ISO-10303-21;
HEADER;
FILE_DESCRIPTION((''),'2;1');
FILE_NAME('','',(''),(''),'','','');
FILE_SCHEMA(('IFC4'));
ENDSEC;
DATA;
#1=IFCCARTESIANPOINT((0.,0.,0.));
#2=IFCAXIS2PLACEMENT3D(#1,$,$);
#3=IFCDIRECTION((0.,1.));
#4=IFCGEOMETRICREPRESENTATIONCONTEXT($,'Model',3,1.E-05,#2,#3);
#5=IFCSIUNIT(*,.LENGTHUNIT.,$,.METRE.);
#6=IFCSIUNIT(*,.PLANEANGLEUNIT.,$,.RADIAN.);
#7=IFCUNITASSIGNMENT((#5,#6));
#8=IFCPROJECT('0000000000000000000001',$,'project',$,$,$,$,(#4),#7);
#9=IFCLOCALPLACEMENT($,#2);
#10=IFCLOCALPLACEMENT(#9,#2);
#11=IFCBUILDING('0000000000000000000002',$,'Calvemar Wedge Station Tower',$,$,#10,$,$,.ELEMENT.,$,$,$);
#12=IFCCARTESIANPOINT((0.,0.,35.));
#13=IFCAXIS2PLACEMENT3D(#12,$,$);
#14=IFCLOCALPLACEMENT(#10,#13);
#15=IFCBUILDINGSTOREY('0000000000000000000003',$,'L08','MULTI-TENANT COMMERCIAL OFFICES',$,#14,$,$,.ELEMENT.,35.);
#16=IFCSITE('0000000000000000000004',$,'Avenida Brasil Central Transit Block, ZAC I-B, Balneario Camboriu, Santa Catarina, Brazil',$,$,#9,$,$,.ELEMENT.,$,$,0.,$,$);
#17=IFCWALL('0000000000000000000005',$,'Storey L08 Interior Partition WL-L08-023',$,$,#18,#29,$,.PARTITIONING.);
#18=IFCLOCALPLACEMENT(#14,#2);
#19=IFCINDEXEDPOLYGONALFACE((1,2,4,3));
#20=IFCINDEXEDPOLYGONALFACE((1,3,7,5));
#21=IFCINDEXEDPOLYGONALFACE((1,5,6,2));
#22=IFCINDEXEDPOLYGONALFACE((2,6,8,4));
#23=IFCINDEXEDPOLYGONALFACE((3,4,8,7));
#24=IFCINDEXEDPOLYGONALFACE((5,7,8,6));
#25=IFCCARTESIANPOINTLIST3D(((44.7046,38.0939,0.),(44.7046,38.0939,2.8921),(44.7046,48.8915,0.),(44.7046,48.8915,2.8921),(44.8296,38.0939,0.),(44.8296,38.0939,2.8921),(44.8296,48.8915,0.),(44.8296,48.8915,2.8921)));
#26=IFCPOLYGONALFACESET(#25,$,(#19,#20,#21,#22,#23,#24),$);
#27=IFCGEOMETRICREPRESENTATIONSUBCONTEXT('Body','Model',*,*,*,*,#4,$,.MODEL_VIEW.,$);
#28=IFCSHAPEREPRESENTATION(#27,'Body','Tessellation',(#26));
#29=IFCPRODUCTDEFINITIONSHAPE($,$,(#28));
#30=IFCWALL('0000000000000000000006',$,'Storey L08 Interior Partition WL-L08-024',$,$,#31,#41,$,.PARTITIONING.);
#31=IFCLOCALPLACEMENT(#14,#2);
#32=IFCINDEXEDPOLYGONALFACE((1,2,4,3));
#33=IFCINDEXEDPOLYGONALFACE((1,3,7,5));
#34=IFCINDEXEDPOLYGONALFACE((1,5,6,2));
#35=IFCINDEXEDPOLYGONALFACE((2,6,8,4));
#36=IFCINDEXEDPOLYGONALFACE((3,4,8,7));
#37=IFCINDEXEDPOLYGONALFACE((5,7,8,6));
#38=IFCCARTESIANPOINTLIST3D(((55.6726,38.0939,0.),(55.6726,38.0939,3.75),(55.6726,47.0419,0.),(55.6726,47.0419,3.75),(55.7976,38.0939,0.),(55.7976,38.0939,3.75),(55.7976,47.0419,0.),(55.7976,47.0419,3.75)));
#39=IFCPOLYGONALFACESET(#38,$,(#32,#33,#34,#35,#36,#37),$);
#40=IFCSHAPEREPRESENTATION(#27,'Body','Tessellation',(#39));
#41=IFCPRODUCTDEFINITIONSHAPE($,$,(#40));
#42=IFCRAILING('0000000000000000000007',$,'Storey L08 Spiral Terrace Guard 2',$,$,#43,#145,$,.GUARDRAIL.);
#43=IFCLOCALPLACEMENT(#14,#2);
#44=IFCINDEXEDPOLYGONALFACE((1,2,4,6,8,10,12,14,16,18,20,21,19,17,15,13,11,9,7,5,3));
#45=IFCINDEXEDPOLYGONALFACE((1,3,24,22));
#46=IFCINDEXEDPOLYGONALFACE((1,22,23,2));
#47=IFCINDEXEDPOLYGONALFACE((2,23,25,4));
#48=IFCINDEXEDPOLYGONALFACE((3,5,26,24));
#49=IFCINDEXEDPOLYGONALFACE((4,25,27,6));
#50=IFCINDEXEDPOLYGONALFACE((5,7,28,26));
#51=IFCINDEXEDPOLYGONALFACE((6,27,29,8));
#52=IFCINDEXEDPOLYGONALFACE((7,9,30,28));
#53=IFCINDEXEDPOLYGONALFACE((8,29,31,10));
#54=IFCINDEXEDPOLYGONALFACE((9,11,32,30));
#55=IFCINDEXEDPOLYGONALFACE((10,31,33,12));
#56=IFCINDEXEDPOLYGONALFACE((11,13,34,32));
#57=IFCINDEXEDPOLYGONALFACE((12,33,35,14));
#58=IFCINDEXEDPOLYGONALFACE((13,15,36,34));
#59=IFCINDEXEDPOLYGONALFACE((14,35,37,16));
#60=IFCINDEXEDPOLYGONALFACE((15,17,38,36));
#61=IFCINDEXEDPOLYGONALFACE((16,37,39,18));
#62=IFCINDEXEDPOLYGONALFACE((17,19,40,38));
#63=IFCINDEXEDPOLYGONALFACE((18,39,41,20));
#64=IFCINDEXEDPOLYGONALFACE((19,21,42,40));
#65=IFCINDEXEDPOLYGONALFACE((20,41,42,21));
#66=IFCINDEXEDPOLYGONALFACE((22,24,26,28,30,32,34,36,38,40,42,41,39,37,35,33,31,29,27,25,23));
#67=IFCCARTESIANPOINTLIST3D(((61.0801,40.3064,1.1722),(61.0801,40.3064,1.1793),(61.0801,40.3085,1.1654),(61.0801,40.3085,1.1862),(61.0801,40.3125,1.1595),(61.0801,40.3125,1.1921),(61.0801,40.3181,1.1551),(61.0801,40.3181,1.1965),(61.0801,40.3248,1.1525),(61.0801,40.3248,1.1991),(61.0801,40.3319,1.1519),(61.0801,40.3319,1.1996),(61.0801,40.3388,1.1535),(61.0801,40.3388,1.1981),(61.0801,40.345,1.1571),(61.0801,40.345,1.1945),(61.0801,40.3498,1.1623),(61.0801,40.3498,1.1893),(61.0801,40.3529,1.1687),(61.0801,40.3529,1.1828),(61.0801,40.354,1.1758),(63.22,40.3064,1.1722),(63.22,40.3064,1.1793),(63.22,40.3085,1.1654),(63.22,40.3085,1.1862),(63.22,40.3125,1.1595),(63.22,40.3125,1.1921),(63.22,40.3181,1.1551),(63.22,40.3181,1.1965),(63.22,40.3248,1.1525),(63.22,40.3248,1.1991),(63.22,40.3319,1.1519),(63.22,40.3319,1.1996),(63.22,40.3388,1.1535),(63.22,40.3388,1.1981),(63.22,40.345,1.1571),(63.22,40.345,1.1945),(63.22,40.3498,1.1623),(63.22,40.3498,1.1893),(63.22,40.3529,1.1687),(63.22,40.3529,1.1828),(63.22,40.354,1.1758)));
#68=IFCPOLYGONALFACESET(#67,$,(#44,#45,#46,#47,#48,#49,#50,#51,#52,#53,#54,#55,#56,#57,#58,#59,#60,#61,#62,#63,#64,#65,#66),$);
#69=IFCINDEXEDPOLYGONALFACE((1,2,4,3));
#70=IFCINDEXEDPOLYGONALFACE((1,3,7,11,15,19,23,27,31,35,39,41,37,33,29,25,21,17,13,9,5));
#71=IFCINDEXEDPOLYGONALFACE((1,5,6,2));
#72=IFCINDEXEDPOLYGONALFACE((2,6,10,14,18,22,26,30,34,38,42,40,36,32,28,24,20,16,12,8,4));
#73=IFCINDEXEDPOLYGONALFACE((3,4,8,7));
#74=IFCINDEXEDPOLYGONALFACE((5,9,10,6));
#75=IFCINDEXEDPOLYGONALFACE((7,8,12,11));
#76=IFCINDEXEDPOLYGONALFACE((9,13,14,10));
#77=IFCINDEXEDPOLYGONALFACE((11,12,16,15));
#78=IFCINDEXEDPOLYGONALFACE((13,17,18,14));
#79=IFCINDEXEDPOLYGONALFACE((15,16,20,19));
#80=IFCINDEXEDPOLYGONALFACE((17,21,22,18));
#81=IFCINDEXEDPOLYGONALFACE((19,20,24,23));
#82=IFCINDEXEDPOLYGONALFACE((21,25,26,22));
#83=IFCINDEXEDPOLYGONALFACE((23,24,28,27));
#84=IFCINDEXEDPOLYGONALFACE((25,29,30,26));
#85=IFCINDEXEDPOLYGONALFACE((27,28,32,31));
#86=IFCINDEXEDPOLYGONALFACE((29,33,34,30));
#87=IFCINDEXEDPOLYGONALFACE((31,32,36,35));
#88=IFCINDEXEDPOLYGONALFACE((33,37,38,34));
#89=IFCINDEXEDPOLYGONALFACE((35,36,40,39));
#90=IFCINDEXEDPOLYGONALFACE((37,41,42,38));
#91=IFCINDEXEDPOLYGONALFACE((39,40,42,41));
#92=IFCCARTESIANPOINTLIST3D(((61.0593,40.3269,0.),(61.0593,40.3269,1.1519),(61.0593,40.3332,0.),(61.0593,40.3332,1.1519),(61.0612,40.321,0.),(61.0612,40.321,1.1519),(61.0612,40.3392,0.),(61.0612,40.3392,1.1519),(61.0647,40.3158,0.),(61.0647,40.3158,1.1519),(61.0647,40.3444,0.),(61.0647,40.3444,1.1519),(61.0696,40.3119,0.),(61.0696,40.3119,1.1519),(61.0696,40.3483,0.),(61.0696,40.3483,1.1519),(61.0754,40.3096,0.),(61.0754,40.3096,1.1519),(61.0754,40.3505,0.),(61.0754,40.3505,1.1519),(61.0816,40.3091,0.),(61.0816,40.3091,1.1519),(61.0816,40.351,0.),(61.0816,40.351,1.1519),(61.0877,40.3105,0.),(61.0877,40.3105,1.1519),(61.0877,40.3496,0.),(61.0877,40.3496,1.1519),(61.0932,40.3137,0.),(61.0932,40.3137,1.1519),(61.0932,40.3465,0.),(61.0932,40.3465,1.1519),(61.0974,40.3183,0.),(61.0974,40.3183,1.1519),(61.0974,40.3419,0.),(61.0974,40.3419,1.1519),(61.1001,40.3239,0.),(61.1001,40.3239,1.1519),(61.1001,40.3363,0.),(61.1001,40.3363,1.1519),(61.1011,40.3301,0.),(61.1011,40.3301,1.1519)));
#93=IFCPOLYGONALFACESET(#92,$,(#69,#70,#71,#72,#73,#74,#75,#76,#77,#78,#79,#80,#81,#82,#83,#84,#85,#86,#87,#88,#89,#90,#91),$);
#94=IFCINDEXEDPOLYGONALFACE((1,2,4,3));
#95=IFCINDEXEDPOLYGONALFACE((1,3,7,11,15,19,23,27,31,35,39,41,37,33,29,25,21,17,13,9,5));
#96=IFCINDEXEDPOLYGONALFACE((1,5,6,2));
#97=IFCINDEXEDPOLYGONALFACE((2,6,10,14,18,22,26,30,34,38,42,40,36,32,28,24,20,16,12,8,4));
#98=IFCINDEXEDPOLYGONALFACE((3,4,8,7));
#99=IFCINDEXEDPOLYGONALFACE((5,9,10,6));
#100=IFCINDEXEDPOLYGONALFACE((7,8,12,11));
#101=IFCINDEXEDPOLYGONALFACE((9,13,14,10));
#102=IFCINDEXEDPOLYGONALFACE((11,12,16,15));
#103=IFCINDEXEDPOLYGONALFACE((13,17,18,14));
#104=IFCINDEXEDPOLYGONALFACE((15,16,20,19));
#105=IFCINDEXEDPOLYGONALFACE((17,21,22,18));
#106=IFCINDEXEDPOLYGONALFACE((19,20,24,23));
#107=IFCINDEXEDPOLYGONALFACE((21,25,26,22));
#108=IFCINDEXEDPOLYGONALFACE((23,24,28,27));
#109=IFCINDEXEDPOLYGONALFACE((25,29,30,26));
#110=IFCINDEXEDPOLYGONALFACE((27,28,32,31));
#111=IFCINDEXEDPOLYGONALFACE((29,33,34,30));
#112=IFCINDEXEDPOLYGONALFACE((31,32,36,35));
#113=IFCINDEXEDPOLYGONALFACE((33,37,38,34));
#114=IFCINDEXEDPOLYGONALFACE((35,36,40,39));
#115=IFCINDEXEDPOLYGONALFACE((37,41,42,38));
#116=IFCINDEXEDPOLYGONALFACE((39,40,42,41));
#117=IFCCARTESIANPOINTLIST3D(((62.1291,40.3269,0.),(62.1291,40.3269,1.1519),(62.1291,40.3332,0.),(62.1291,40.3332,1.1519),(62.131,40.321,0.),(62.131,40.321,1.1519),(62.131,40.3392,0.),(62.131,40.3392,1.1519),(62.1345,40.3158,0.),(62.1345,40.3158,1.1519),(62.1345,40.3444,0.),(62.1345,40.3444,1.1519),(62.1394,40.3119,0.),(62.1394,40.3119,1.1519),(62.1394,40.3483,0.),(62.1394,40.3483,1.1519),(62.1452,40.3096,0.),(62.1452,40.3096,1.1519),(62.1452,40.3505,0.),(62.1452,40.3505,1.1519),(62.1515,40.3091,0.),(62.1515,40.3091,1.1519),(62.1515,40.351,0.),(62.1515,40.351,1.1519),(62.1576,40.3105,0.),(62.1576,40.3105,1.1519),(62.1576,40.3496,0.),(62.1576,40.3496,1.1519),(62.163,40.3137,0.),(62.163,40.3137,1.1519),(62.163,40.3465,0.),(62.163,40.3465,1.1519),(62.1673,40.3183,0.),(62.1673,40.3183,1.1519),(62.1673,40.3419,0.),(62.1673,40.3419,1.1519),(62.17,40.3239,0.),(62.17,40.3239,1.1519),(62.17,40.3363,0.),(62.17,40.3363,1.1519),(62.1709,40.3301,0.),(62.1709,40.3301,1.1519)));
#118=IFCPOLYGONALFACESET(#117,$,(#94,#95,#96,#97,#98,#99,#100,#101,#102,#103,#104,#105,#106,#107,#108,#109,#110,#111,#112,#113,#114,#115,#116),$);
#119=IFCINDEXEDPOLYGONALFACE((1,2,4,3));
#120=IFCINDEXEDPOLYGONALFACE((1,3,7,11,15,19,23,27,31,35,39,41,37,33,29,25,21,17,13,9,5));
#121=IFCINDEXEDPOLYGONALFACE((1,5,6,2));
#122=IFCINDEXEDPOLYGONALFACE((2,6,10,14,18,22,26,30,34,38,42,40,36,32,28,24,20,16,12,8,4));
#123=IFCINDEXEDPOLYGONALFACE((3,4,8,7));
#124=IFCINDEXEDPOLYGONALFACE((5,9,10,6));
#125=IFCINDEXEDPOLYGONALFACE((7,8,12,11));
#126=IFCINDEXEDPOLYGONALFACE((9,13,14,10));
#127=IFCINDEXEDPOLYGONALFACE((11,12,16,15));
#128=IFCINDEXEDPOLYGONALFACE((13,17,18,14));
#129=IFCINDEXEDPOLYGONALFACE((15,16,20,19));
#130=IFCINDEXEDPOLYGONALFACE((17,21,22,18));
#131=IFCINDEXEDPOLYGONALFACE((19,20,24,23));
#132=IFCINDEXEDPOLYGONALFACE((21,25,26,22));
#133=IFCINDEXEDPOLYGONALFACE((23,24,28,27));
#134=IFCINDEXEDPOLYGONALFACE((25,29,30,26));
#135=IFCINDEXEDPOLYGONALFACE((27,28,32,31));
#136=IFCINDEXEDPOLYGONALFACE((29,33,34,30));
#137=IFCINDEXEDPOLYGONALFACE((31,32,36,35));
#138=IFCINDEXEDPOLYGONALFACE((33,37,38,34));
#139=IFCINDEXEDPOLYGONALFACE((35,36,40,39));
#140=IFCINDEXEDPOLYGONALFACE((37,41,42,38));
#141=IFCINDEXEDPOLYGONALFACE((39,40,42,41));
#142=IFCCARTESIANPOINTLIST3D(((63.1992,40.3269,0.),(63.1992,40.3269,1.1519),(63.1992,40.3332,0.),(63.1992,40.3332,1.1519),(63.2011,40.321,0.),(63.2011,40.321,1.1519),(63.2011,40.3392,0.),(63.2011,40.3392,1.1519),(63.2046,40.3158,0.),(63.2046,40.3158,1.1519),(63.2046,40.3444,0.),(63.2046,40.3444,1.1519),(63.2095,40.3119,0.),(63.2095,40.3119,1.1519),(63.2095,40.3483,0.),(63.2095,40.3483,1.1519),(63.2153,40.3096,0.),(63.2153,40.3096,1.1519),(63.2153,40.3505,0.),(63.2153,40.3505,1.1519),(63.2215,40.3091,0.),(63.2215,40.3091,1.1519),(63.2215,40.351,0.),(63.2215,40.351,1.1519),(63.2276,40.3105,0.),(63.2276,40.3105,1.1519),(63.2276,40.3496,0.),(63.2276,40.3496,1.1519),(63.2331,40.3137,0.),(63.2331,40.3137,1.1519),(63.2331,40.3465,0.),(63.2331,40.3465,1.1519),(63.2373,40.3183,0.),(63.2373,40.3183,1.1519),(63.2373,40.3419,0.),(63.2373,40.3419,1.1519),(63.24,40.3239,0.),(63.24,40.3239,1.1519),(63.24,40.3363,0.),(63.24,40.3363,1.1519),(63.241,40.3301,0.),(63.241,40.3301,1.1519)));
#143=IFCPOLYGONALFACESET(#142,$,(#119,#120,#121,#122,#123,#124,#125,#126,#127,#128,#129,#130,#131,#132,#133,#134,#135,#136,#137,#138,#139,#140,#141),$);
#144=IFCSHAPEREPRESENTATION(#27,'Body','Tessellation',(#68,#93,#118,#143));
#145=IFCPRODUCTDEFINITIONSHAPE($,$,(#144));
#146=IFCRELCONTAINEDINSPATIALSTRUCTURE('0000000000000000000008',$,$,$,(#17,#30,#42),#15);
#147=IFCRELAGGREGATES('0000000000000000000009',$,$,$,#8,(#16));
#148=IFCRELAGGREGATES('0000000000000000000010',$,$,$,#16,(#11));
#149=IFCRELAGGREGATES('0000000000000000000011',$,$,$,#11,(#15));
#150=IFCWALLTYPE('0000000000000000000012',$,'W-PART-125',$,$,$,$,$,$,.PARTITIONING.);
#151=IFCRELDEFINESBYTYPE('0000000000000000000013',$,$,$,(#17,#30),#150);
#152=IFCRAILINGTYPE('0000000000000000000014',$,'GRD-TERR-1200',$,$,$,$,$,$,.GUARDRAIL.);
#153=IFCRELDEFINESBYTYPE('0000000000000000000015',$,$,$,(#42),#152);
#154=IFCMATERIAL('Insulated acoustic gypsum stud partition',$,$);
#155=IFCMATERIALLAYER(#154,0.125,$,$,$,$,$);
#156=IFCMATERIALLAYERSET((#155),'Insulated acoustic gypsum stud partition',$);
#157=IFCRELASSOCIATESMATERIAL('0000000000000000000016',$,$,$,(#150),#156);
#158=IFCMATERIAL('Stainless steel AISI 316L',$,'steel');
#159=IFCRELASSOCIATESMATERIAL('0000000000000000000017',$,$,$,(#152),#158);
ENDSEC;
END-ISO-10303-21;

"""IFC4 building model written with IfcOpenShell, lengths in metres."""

from ifc_helpers import new_model, si_unit, direction, frame, frame_2d, origin, origin_2d, place, context, subcontext, project, spatial, rectangle, circle, extrude, material, layer, layer_set, type_object, element, save


model = new_model("IFC4")

# Units and contexts
model_context = context("Model", 3, precision=1e-05, world=origin(), true_north=direction((0.0, 1.0)))
body_context = subcontext(model_context, "Body", "Model", "MODEL_VIEW")
ifc_project = project(units=[si_unit("LENGTHUNIT", "METRE"), si_unit("PLANEANGLEUNIT", "RADIAN")], contexts=[model_context])

# Site, building, storey
site_placement = place(None, origin())
site = spatial("IfcSite", under=ifc_project, at=site_placement, Name="Avenida Brasil Central Transit Block, ZAC I-B, Balneario Camboriu, Santa Catarina, Brazil", CompositionType="ELEMENT", RefElevation=0.0)
building_placement = place(site_placement, origin())
building = spatial("IfcBuilding", under=site, at=building_placement, Name="Calvemar Wedge Station Tower", CompositionType="ELEMENT")
storey_placement = place(building_placement, frame((0.0, 0.0, 35.0)))
storey = spatial("IfcBuildingStorey", under=building, at=storey_placement, Name="L08", Description="MULTI-TENANT COMMERCIAL OFFICES", CompositionType="ELEMENT", Elevation=35.0)

# Walls
ifc_material_1 = material(Name="Insulated acoustic gypsum stud partition")
ifc_layer_1 = layer(ifc_material_1, 0.125)
ifc_layer_set_1 = layer_set([ifc_layer_1], Name="Insulated acoustic gypsum stud partition")
wall_type_1 = type_object("IfcWallType", Name="W-PART-125", PredefinedType="PARTITIONING", material=ifc_layer_set_1)
wall_1_placement = place(storey_placement, frame((44.7671, 48.8916, 0.0), z_axis=(0.0, 0.0, 1.0), x_axis=(0.0, -1.0, 0.0)))
element("IfcWall", 1, at=wall_1_placement, inside=storey, type_object=wall_type_1, Name="Storey L08 Interior Partition WL-L08-023", PredefinedType="PARTITIONING", context=body_context, shape_type="SweptSolid", body=[
    extrude(rectangle(XDim=10.7976, YDim=0.125, at=frame_2d((5.3989, 0.0))), origin(), (0.0, 0.0, 1.0), 2.8921),
])
wall_2_placement = place(storey_placement, frame((55.7351, 47.042, 0.0), z_axis=(0.0, 0.0, 1.0), x_axis=(0.0, -1.0, 0.0)))
element("IfcWall", 2, at=wall_2_placement, inside=storey, type_object=wall_type_1, Name="Storey L08 Interior Partition WL-L08-024", PredefinedType="PARTITIONING", context=body_context, shape_type="SweptSolid", body=[
    extrude(rectangle(XDim=8.948, YDim=0.125, at=frame_2d((4.4741, 0.0))), origin(), (0.0, 0.0, 1.0), 3.75),
])

# Railing
ifc_material_2 = material(Name="Stainless steel AISI 316L", Category="steel")
railing_type = type_object("IfcRailingType", Name="GRD-TERR-1200", PredefinedType="GUARDRAIL", material=ifc_material_2)
railing_1_placement = place(storey_placement, frame((61.0801, 40.3301, 0.0)))
element("IfcRailing", 3, at=railing_1_placement, inside=storey, type_object=railing_type, Name="Storey L08 Spiral Terrace Guard 2", PredefinedType="GUARDRAIL", context=body_context, shape_type="SweptSolid", body=[
    extrude(circle(Radius=0.0239, at=origin_2d()), frame((0.0, 0.0, 1.1758), z_axis=(1.0, 0.0, 0.0), x_axis=(0.0, 1.0, 0.0)), (0.0, 0.0, 1.0), 2.1399),
    extrude(circle(Radius=0.021, at=origin_2d()), origin(), (0.0, 0.0, 1.0), 1.1519),
    extrude(circle(Radius=0.021, at=origin_2d()), frame((1.0698, 0.0, 0.0)), (0.0, 0.0, 1.0), 1.1519),
    extrude(circle(Radius=0.021, at=origin_2d()), frame((2.1399, 0.0, 0.0)), (0.0, 0.0, 1.0), 1.1519),
])

save(model, "model.ifc")
